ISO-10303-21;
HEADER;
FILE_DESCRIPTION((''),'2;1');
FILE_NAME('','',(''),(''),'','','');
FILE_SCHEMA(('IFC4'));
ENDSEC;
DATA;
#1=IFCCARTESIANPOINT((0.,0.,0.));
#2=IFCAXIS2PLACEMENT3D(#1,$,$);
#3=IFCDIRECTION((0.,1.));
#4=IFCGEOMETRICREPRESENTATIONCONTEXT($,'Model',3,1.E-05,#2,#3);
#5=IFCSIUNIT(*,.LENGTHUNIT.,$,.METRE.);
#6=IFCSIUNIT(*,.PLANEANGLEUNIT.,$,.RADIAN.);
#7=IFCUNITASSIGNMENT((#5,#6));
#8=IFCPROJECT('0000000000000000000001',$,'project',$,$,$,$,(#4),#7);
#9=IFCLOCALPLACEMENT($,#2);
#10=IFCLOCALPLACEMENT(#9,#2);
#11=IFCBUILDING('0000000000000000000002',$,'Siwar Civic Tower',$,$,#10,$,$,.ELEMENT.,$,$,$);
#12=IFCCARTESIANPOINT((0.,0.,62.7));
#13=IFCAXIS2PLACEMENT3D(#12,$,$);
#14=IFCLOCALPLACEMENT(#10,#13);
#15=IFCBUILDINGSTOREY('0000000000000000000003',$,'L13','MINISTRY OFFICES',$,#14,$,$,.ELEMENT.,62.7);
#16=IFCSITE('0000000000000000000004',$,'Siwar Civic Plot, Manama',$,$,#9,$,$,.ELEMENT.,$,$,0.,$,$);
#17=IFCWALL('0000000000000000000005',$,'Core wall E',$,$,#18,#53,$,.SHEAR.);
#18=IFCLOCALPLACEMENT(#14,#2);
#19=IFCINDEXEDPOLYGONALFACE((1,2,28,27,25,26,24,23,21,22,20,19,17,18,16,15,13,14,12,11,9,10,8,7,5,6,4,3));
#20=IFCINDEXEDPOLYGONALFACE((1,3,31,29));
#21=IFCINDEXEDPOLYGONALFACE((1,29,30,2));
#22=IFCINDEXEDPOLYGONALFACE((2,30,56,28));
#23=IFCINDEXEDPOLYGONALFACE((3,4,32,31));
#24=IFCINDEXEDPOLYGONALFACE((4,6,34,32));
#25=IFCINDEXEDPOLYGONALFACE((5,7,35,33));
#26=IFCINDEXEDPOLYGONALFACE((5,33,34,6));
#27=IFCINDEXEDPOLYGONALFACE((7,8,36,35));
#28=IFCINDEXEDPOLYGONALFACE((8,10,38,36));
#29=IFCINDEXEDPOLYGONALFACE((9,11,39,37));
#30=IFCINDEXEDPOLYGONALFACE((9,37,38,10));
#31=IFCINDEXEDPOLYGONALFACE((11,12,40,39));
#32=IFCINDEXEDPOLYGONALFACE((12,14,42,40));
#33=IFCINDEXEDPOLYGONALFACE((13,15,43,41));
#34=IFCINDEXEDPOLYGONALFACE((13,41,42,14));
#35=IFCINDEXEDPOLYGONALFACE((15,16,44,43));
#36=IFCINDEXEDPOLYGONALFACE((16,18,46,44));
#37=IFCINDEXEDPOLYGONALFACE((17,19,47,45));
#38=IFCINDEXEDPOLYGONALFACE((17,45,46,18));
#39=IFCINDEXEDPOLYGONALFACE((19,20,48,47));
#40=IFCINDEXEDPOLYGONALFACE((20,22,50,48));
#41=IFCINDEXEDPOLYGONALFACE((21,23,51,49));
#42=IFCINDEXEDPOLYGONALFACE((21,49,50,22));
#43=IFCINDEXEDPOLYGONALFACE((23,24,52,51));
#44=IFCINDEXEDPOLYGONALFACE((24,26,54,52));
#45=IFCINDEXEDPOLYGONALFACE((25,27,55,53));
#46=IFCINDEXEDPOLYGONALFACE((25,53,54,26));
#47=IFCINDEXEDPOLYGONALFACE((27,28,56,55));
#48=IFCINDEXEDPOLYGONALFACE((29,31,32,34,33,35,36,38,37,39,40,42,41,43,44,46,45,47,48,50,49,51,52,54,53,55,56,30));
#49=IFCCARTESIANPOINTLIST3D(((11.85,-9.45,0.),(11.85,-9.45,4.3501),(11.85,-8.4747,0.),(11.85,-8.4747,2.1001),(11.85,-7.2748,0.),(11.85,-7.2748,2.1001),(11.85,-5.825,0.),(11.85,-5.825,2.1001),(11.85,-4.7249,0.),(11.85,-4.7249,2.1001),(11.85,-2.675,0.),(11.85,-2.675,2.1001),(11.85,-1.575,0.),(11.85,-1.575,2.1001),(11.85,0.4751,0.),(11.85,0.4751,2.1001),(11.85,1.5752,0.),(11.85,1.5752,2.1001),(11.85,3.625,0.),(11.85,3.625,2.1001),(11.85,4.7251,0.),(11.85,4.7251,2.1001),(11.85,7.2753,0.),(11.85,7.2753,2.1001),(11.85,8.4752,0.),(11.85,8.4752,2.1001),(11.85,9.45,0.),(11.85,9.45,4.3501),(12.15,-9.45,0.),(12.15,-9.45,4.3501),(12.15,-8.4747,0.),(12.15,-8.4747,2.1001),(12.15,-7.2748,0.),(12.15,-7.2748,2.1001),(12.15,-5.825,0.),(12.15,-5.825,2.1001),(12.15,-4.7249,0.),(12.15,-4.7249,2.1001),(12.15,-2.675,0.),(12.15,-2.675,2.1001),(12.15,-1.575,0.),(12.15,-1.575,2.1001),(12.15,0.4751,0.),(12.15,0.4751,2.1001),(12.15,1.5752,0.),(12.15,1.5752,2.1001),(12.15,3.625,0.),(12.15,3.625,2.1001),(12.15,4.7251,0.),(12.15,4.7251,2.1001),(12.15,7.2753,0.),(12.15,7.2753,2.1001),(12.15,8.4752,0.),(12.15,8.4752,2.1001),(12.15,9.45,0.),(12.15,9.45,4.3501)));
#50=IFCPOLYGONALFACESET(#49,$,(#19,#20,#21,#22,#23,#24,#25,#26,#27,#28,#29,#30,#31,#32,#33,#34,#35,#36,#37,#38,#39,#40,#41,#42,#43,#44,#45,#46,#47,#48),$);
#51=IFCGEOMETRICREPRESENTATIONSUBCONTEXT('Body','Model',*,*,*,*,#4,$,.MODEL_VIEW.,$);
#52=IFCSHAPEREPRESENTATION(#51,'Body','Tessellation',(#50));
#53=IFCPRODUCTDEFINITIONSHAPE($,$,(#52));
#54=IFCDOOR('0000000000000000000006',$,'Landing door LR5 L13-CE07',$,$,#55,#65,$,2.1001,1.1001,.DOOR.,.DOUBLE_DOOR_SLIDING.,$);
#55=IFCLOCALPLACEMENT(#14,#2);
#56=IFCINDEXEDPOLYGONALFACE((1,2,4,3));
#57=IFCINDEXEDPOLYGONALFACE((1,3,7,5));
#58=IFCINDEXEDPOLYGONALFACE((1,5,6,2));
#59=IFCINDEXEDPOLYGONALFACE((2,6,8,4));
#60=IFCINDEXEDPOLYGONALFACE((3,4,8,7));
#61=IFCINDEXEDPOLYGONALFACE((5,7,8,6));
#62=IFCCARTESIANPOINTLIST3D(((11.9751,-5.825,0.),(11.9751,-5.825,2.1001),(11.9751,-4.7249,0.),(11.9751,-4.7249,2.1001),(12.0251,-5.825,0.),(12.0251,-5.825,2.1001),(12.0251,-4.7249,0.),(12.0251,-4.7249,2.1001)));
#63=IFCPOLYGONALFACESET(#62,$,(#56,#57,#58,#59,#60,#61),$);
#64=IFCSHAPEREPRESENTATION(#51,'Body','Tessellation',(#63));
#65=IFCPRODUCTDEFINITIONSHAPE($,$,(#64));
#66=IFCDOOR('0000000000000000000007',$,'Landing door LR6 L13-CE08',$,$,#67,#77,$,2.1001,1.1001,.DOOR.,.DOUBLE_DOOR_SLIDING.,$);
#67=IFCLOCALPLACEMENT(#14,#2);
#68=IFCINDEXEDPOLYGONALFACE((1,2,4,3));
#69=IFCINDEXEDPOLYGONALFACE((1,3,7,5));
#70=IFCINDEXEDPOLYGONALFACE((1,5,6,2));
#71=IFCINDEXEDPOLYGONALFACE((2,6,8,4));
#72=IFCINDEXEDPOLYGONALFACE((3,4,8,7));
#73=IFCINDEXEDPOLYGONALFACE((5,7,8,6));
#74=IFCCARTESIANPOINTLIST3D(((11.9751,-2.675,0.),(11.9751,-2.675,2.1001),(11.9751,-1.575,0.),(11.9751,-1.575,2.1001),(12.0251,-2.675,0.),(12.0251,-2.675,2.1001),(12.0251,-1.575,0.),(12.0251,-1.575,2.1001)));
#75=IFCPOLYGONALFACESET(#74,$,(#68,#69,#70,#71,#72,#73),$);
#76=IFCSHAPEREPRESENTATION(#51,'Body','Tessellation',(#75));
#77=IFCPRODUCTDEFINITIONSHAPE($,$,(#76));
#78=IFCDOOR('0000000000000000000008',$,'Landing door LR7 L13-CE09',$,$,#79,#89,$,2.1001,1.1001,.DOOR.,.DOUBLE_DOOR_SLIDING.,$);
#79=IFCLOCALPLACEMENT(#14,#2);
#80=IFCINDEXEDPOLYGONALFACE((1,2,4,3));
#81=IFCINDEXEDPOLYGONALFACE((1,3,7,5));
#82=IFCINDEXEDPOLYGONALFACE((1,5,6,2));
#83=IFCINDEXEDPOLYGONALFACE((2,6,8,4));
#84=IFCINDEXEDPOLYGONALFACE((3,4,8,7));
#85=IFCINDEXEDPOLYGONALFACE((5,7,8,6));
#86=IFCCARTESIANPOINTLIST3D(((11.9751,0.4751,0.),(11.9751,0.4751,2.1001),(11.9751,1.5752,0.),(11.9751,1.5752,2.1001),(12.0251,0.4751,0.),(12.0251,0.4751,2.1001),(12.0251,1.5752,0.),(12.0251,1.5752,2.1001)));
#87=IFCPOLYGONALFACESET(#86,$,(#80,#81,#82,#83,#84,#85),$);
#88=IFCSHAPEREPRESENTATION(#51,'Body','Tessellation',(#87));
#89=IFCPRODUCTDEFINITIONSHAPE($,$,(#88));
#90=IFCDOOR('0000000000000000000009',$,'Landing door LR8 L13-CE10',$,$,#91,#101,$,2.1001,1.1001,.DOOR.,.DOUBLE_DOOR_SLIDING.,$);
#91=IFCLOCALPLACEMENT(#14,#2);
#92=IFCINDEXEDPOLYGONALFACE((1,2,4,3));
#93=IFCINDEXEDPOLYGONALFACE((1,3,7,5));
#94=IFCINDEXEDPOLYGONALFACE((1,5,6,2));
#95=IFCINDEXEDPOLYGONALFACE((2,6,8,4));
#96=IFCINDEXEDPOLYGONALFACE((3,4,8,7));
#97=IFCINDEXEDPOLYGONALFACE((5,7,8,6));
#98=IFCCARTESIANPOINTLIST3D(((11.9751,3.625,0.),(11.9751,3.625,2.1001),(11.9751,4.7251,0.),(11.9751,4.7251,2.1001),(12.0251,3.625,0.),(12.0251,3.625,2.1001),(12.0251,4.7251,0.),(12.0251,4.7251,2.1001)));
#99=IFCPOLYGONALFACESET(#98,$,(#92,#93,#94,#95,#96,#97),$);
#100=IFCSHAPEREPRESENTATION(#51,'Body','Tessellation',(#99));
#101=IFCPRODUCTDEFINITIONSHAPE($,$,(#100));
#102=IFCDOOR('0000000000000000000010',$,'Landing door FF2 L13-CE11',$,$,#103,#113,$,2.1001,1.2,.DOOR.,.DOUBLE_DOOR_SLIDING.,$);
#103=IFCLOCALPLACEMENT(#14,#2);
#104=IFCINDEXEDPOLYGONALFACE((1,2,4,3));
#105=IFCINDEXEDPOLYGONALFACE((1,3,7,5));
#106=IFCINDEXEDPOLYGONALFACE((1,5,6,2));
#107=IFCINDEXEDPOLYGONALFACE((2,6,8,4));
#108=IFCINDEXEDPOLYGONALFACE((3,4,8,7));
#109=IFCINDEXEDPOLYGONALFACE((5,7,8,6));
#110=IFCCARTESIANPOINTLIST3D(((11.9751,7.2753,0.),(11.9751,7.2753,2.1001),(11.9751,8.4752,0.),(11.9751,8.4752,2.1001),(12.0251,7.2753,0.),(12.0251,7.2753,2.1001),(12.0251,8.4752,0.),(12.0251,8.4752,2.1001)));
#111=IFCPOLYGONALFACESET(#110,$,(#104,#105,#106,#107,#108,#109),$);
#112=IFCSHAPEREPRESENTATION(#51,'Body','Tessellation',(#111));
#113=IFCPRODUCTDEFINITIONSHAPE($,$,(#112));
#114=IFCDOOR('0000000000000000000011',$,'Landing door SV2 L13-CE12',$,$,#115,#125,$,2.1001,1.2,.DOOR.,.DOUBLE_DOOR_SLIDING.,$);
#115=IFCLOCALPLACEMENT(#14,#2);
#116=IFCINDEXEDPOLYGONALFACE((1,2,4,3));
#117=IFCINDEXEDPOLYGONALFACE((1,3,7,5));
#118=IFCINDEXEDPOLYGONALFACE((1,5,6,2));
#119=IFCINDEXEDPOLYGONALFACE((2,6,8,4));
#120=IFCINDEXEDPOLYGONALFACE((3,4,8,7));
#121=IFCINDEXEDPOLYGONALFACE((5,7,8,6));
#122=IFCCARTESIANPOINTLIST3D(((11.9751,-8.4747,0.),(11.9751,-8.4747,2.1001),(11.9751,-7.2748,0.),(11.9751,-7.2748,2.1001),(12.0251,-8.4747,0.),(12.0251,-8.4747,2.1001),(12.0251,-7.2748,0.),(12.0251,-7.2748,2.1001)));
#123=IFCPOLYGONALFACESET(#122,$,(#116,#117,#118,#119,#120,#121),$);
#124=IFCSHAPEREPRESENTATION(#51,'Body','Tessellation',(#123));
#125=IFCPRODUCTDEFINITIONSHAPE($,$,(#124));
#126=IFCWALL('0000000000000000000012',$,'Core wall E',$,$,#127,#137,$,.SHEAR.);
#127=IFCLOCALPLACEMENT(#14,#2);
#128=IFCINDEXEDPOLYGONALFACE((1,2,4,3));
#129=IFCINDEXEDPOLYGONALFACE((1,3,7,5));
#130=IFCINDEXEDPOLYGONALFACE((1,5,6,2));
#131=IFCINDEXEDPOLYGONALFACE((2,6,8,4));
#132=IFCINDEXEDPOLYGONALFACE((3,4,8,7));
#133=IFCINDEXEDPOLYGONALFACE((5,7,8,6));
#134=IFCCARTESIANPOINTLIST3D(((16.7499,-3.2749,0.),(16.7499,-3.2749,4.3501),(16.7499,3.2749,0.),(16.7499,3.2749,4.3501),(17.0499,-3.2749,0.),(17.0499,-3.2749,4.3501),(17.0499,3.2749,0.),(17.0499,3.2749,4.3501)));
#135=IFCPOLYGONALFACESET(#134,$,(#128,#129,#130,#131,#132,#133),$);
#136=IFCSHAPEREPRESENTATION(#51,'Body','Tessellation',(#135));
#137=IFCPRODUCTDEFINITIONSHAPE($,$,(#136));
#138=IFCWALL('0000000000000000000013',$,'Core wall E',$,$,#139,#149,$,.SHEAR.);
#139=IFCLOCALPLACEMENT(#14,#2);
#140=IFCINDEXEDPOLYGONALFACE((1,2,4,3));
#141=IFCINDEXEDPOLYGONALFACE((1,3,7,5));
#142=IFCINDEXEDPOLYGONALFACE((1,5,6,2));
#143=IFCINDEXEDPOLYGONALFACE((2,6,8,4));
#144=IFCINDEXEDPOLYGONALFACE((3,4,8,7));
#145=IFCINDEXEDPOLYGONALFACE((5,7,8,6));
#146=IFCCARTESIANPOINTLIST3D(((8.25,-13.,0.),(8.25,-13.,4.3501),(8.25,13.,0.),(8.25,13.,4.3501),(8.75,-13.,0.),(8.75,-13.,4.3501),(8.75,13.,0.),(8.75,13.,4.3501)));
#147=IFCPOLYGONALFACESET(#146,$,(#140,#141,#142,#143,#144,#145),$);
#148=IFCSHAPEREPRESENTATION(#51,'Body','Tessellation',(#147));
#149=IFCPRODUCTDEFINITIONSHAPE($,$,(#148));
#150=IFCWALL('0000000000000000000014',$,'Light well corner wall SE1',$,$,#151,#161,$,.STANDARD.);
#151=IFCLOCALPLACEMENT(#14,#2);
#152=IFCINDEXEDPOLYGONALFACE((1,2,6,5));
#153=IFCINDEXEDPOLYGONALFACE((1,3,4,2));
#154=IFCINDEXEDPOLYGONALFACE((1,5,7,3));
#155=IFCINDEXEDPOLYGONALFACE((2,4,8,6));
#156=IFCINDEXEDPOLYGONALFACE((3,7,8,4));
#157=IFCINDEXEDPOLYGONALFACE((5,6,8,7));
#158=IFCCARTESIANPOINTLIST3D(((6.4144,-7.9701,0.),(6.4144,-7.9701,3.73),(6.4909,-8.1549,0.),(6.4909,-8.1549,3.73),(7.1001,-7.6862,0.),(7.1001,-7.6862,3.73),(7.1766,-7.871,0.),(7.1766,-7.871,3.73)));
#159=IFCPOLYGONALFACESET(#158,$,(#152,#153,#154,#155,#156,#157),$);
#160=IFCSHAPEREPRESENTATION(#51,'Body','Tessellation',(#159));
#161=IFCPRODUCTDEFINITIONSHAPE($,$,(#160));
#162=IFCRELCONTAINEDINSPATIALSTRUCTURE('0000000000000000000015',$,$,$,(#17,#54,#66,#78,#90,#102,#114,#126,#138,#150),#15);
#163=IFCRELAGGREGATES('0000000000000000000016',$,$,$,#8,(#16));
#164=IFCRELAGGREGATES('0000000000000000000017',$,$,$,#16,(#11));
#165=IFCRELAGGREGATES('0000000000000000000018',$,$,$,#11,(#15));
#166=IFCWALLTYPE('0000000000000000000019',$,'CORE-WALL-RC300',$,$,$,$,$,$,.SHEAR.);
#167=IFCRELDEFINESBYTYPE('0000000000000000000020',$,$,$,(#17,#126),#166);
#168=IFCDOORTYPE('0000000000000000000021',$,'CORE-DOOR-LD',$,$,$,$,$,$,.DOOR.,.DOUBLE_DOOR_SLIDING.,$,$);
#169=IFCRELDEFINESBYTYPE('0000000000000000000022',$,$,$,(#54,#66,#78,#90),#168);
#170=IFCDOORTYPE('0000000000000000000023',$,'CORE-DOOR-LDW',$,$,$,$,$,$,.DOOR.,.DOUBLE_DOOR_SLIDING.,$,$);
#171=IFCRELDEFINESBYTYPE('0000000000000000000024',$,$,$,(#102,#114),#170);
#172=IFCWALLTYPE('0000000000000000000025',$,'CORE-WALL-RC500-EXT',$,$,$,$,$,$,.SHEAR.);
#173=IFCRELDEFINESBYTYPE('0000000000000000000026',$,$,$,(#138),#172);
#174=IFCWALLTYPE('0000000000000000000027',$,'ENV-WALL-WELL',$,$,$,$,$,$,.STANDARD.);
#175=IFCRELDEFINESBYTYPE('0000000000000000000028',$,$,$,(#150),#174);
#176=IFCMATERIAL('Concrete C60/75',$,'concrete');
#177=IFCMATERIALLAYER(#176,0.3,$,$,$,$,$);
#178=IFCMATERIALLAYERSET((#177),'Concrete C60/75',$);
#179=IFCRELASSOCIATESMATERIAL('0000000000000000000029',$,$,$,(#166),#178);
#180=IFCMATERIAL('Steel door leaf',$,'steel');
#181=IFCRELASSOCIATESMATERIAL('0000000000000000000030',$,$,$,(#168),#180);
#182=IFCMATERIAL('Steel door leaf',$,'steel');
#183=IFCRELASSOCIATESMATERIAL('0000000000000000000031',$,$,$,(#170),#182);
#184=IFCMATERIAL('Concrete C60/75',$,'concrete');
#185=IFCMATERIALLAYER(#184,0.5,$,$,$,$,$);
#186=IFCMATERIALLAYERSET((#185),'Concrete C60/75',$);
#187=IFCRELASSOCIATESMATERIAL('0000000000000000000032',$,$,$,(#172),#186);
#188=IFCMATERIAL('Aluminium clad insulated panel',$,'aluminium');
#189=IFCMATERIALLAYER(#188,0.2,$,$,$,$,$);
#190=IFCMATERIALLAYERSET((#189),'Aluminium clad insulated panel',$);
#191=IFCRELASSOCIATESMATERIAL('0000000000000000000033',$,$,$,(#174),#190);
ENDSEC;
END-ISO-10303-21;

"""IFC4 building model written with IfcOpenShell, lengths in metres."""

from ifc_helpers import new_model, si_unit, direction, frame, frame_2d, origin, place, context, subcontext, project, spatial, rectangle, extrude, material, layer, layer_set, type_object, element, fill, save


model = new_model("IFC4")

# Units and contexts
model_context = context("Model", 3, precision=1e-05, world=origin(), true_north=direction((0.0, 1.0)))
body_context = subcontext(model_context, "Body", "Model", "MODEL_VIEW")
ifc_project = project(units=[si_unit("LENGTHUNIT", "METRE"), si_unit("PLANEANGLEUNIT", "RADIAN")], contexts=[model_context])

# Site, building, storey
site_placement = place(None, origin())
site = spatial("IfcSite", under=ifc_project, at=site_placement, Name="Siwar Civic Plot, Manama", CompositionType="ELEMENT", RefElevation=0.0)
building_placement = place(site_placement, origin())
building = spatial("IfcBuilding", under=site, at=building_placement, Name="Siwar Civic Tower", CompositionType="ELEMENT")
storey_placement = place(building_placement, frame((0.0, 0.0, 62.7)))
storey = spatial("IfcBuildingStorey", under=building, at=storey_placement, Name="L13", Description="MINISTRY OFFICES", CompositionType="ELEMENT", Elevation=62.7)

# Wall, openings, doors
ifc_material_1 = material(Name="Concrete C60/75", Category="concrete")
ifc_layer_1 = layer(ifc_material_1, 0.3)
ifc_layer_set_1 = layer_set([ifc_layer_1], Name="Concrete C60/75")
wall_type_1 = type_object("IfcWallType", Name="CORE-WALL-RC300", PredefinedType="SHEAR", material=ifc_layer_set_1)
wall_1_placement = place(storey_placement, frame((12.0, -9.45, 0.0), z_axis=(0.0, 0.0, 1.0), x_axis=(0.0, 1.0, 0.0)))
wall_1 = element("IfcWall", 1, at=wall_1_placement, inside=storey, type_object=wall_type_1, Name="Core wall E", PredefinedType="SHEAR", context=body_context, shape_type="SweptSolid", body=[
    extrude(rectangle(XDim=18.8999, YDim=0.3, at=frame_2d((9.45, 0.0))), origin(), (0.0, 0.0, 1.0), 4.3501),
])
opening_1_placement = place(wall_1_placement, frame((3.625, 0.0, 0.0)))
opening_1 = element("IfcOpeningElement", 2, at=opening_1_placement, cuts=wall_1, PredefinedType="OPENING", context=body_context, shape_type="SweptSolid", body=[
    extrude(rectangle(XDim=1.1001, YDim=2.1001, at=frame_2d((0.55, 1.05))), frame((0.0, 0.1602, 0.0), z_axis=(0.0, -1.0, 0.0), x_axis=(1.0, 0.0, 0.0)), (0.0, 0.0, 1.0), 0.3201),
])
opening_2_placement = place(wall_1_placement, frame((6.7749, 0.0, 0.0)))
opening_2 = element("IfcOpeningElement", 3, at=opening_2_placement, cuts=wall_1, PredefinedType="OPENING", context=body_context, shape_type="SweptSolid", body=[
    extrude(rectangle(XDim=1.1001, YDim=2.1001, at=frame_2d((0.55, 1.05))), frame((0.0, 0.1602, 0.0), z_axis=(0.0, -1.0, 0.0), x_axis=(1.0, 0.0, 0.0)), (0.0, 0.0, 1.0), 0.3201),
])
opening_3_placement = place(wall_1_placement, frame((9.925, 0.0, 0.0)))
opening_3 = element("IfcOpeningElement", 4, at=opening_3_placement, cuts=wall_1, PredefinedType="OPENING", context=body_context, shape_type="SweptSolid", body=[
    extrude(rectangle(XDim=1.1001, YDim=2.1001, at=frame_2d((0.55, 1.05))), frame((0.0, 0.1602, 0.0), z_axis=(0.0, -1.0, 0.0), x_axis=(1.0, 0.0, 0.0)), (0.0, 0.0, 1.0), 0.3201),
])
opening_4_placement = place(wall_1_placement, frame((13.075, 0.0, 0.0)))
opening_4 = element("IfcOpeningElement", 5, at=opening_4_placement, cuts=wall_1, PredefinedType="OPENING", context=body_context, shape_type="SweptSolid", body=[
    extrude(rectangle(XDim=1.1001, YDim=2.1001, at=frame_2d((0.55, 1.05))), frame((0.0, 0.1602, 0.0), z_axis=(0.0, -1.0, 0.0), x_axis=(1.0, 0.0, 0.0)), (0.0, 0.0, 1.0), 0.3201),
])
opening_5_placement = place(wall_1_placement, frame((16.7251, 0.0, 0.0)))
opening_5 = element("IfcOpeningElement", 6, at=opening_5_placement, cuts=wall_1, PredefinedType="OPENING", context=body_context, shape_type="SweptSolid", body=[
    extrude(rectangle(XDim=1.2, YDim=2.1001, at=frame_2d((0.6001, 1.05))), frame((0.0, 0.1602, 0.0), z_axis=(0.0, -1.0, 0.0), x_axis=(1.0, 0.0, 0.0)), (0.0, 0.0, 1.0), 0.3201),
])
opening_6_placement = place(wall_1_placement, frame((0.9751, 0.0, 0.0)))
opening_6 = element("IfcOpeningElement", 7, at=opening_6_placement, cuts=wall_1, PredefinedType="OPENING", context=body_context, shape_type="SweptSolid", body=[
    extrude(rectangle(XDim=1.2, YDim=2.1001, at=frame_2d((0.6001, 1.05))), frame((0.0, 0.1602, 0.0), z_axis=(0.0, -1.0, 0.0), x_axis=(1.0, 0.0, 0.0)), (0.0, 0.0, 1.0), 0.3201),
])
ifc_material_2 = material(Name="Steel door leaf", Category="steel")
door_type_1 = type_object("IfcDoorType", Name="CORE-DOOR-LD", OperationType="DOUBLE_DOOR_SLIDING", PredefinedType="DOOR", material=ifc_material_2)
door_1_placement = place(opening_1_placement, origin())
door_1 = element("IfcDoor", 8, at=door_1_placement, inside=storey, type_object=door_type_1, Name="Landing door LR5 L13-CE07", OperationType="DOUBLE_DOOR_SLIDING", OverallHeight=2.1001, OverallWidth=1.1001, PredefinedType="DOOR", context=body_context, shape_type="SweptSolid", body=[
    extrude(rectangle(XDim=1.1001, YDim=2.1001, at=frame_2d((0.55, 1.05))), frame((0.0, 0.0249, 0.0), z_axis=(0.0, -1.0, 0.0), x_axis=(1.0, 0.0, 0.0)), (0.0, 0.0, 1.0), 0.05),
])
fill(opening_1, door_1)
door_2_placement = place(opening_2_placement, origin())
door_2 = element("IfcDoor", 9, at=door_2_placement, inside=storey, type_object=door_type_1, Name="Landing door LR6 L13-CE08", OperationType="DOUBLE_DOOR_SLIDING", OverallHeight=2.1001, OverallWidth=1.1001, PredefinedType="DOOR", context=body_context, shape_type="SweptSolid", body=[
    extrude(rectangle(XDim=1.1001, YDim=2.1001, at=frame_2d((0.55, 1.05))), frame((0.0, 0.0249, 0.0), z_axis=(0.0, -1.0, 0.0), x_axis=(1.0, 0.0, 0.0)), (0.0, 0.0, 1.0), 0.05),
])
fill(opening_2, door_2)
door_3_placement = place(opening_3_placement, origin())
door_3 = element("IfcDoor", 10, at=door_3_placement, inside=storey, type_object=door_type_1, Name="Landing door LR7 L13-CE09", OperationType="DOUBLE_DOOR_SLIDING", OverallHeight=2.1001, OverallWidth=1.1001, PredefinedType="DOOR", context=body_context, shape_type="SweptSolid", body=[
    extrude(rectangle(XDim=1.1001, YDim=2.1001, at=frame_2d((0.55, 1.05))), frame((0.0, 0.0249, 0.0), z_axis=(0.0, -1.0, 0.0), x_axis=(1.0, 0.0, 0.0)), (0.0, 0.0, 1.0), 0.05),
])
fill(opening_3, door_3)
door_4_placement = place(opening_4_placement, origin())
door_4 = element("IfcDoor", 11, at=door_4_placement, inside=storey, type_object=door_type_1, Name="Landing door LR8 L13-CE10", OperationType="DOUBLE_DOOR_SLIDING", OverallHeight=2.1001, OverallWidth=1.1001, PredefinedType="DOOR", context=body_context, shape_type="SweptSolid", body=[
    extrude(rectangle(XDim=1.1001, YDim=2.1001, at=frame_2d((0.55, 1.05))), frame((0.0, 0.0249, 0.0), z_axis=(0.0, -1.0, 0.0), x_axis=(1.0, 0.0, 0.0)), (0.0, 0.0, 1.0), 0.05),
])
fill(opening_4, door_4)
ifc_material_3 = material(Name="Steel door leaf", Category="steel")
door_type_2 = type_object("IfcDoorType", Name="CORE-DOOR-LDW", OperationType="DOUBLE_DOOR_SLIDING", PredefinedType="DOOR", material=ifc_material_3)
door_5_placement = place(opening_5_placement, origin())
door_5 = element("IfcDoor", 12, at=door_5_placement, inside=storey, type_object=door_type_2, Name="Landing door FF2 L13-CE11", OperationType="DOUBLE_DOOR_SLIDING", OverallHeight=2.1001, OverallWidth=1.2, PredefinedType="DOOR", context=body_context, shape_type="SweptSolid", body=[
    extrude(rectangle(XDim=1.2, YDim=2.1001, at=frame_2d((0.6001, 1.05))), frame((0.0, 0.0249, 0.0), z_axis=(0.0, -1.0, 0.0), x_axis=(1.0, 0.0, 0.0)), (0.0, 0.0, 1.0), 0.05),
])
fill(opening_5, door_5)
door_6_placement = place(opening_6_placement, origin())
door_6 = element("IfcDoor", 13, at=door_6_placement, inside=storey, type_object=door_type_2, Name="Landing door SV2 L13-CE12", OperationType="DOUBLE_DOOR_SLIDING", OverallHeight=2.1001, OverallWidth=1.2, PredefinedType="DOOR", context=body_context, shape_type="SweptSolid", body=[
    extrude(rectangle(XDim=1.2, YDim=2.1001, at=frame_2d((0.6001, 1.05))), frame((0.0, 0.0249, 0.0), z_axis=(0.0, -1.0, 0.0), x_axis=(1.0, 0.0, 0.0)), (0.0, 0.0, 1.0), 0.05),
])
fill(opening_6, door_6)

# Walls
wall_2_placement = place(storey_placement, frame((16.8999, -3.2749, 0.0), z_axis=(0.0, 0.0, 1.0), x_axis=(0.0, 1.0, 0.0)))
element("IfcWall", 14, at=wall_2_placement, inside=storey, type_object=wall_type_1, Name="Core wall E", PredefinedType="SHEAR", context=body_context, shape_type="SweptSolid", body=[
    extrude(rectangle(XDim=6.5498, YDim=0.3, at=frame_2d((3.2749, 0.0))), origin(), (0.0, 0.0, 1.0), 4.3501),
])
ifc_material_4 = material(Name="Concrete C60/75", Category="concrete")
ifc_layer_2 = layer(ifc_material_4, 0.5)
ifc_layer_set_2 = layer_set([ifc_layer_2], Name="Concrete C60/75")
wall_type_2 = type_object("IfcWallType", Name="CORE-WALL-RC500-EXT", PredefinedType="SHEAR", material=ifc_layer_set_2)
wall_3_placement = place(storey_placement, frame((8.5, -13.0, 0.0), z_axis=(0.0, 0.0, 1.0), x_axis=(0.0, 1.0, 0.0)))
element("IfcWall", 15, at=wall_3_placement, inside=storey, type_object=wall_type_2, Name="Core wall E", PredefinedType="SHEAR", context=body_context, shape_type="SweptSolid", body=[
    extrude(rectangle(XDim=26.0, YDim=0.5, at=frame_2d((13.0, 0.0))), origin(), (0.0, 0.0, 1.0), 4.3501),
])
ifc_material_5 = material(Name="Aluminium clad insulated panel", Category="aluminium")
ifc_layer_3 = layer(ifc_material_5, 0.2)
ifc_layer_set_3 = layer_set([ifc_layer_3], Name="Aluminium clad insulated panel")
wall_type_3 = type_object("IfcWallType", Name="ENV-WALL-WELL", PredefinedType="STANDARD", material=ifc_layer_set_3)
wall_4_placement = place(storey_placement, frame((6.4526, -8.0625, 0.0), z_axis=(0.0, 0.0, 1.0), x_axis=(0.923941, 0.382536, 0.0)))
element("IfcWall", 16, at=wall_4_placement, inside=storey, type_object=wall_type_3, Name="Light well corner wall SE1", PredefinedType="STANDARD", context=body_context, shape_type="SweptSolid", body=[
    extrude(rectangle(XDim=0.7422, YDim=0.2, at=frame_2d((0.3711, 0.0))), origin(), (0.0, 0.0, 1.0), 3.73),
])

save(model, "model.ifc")
